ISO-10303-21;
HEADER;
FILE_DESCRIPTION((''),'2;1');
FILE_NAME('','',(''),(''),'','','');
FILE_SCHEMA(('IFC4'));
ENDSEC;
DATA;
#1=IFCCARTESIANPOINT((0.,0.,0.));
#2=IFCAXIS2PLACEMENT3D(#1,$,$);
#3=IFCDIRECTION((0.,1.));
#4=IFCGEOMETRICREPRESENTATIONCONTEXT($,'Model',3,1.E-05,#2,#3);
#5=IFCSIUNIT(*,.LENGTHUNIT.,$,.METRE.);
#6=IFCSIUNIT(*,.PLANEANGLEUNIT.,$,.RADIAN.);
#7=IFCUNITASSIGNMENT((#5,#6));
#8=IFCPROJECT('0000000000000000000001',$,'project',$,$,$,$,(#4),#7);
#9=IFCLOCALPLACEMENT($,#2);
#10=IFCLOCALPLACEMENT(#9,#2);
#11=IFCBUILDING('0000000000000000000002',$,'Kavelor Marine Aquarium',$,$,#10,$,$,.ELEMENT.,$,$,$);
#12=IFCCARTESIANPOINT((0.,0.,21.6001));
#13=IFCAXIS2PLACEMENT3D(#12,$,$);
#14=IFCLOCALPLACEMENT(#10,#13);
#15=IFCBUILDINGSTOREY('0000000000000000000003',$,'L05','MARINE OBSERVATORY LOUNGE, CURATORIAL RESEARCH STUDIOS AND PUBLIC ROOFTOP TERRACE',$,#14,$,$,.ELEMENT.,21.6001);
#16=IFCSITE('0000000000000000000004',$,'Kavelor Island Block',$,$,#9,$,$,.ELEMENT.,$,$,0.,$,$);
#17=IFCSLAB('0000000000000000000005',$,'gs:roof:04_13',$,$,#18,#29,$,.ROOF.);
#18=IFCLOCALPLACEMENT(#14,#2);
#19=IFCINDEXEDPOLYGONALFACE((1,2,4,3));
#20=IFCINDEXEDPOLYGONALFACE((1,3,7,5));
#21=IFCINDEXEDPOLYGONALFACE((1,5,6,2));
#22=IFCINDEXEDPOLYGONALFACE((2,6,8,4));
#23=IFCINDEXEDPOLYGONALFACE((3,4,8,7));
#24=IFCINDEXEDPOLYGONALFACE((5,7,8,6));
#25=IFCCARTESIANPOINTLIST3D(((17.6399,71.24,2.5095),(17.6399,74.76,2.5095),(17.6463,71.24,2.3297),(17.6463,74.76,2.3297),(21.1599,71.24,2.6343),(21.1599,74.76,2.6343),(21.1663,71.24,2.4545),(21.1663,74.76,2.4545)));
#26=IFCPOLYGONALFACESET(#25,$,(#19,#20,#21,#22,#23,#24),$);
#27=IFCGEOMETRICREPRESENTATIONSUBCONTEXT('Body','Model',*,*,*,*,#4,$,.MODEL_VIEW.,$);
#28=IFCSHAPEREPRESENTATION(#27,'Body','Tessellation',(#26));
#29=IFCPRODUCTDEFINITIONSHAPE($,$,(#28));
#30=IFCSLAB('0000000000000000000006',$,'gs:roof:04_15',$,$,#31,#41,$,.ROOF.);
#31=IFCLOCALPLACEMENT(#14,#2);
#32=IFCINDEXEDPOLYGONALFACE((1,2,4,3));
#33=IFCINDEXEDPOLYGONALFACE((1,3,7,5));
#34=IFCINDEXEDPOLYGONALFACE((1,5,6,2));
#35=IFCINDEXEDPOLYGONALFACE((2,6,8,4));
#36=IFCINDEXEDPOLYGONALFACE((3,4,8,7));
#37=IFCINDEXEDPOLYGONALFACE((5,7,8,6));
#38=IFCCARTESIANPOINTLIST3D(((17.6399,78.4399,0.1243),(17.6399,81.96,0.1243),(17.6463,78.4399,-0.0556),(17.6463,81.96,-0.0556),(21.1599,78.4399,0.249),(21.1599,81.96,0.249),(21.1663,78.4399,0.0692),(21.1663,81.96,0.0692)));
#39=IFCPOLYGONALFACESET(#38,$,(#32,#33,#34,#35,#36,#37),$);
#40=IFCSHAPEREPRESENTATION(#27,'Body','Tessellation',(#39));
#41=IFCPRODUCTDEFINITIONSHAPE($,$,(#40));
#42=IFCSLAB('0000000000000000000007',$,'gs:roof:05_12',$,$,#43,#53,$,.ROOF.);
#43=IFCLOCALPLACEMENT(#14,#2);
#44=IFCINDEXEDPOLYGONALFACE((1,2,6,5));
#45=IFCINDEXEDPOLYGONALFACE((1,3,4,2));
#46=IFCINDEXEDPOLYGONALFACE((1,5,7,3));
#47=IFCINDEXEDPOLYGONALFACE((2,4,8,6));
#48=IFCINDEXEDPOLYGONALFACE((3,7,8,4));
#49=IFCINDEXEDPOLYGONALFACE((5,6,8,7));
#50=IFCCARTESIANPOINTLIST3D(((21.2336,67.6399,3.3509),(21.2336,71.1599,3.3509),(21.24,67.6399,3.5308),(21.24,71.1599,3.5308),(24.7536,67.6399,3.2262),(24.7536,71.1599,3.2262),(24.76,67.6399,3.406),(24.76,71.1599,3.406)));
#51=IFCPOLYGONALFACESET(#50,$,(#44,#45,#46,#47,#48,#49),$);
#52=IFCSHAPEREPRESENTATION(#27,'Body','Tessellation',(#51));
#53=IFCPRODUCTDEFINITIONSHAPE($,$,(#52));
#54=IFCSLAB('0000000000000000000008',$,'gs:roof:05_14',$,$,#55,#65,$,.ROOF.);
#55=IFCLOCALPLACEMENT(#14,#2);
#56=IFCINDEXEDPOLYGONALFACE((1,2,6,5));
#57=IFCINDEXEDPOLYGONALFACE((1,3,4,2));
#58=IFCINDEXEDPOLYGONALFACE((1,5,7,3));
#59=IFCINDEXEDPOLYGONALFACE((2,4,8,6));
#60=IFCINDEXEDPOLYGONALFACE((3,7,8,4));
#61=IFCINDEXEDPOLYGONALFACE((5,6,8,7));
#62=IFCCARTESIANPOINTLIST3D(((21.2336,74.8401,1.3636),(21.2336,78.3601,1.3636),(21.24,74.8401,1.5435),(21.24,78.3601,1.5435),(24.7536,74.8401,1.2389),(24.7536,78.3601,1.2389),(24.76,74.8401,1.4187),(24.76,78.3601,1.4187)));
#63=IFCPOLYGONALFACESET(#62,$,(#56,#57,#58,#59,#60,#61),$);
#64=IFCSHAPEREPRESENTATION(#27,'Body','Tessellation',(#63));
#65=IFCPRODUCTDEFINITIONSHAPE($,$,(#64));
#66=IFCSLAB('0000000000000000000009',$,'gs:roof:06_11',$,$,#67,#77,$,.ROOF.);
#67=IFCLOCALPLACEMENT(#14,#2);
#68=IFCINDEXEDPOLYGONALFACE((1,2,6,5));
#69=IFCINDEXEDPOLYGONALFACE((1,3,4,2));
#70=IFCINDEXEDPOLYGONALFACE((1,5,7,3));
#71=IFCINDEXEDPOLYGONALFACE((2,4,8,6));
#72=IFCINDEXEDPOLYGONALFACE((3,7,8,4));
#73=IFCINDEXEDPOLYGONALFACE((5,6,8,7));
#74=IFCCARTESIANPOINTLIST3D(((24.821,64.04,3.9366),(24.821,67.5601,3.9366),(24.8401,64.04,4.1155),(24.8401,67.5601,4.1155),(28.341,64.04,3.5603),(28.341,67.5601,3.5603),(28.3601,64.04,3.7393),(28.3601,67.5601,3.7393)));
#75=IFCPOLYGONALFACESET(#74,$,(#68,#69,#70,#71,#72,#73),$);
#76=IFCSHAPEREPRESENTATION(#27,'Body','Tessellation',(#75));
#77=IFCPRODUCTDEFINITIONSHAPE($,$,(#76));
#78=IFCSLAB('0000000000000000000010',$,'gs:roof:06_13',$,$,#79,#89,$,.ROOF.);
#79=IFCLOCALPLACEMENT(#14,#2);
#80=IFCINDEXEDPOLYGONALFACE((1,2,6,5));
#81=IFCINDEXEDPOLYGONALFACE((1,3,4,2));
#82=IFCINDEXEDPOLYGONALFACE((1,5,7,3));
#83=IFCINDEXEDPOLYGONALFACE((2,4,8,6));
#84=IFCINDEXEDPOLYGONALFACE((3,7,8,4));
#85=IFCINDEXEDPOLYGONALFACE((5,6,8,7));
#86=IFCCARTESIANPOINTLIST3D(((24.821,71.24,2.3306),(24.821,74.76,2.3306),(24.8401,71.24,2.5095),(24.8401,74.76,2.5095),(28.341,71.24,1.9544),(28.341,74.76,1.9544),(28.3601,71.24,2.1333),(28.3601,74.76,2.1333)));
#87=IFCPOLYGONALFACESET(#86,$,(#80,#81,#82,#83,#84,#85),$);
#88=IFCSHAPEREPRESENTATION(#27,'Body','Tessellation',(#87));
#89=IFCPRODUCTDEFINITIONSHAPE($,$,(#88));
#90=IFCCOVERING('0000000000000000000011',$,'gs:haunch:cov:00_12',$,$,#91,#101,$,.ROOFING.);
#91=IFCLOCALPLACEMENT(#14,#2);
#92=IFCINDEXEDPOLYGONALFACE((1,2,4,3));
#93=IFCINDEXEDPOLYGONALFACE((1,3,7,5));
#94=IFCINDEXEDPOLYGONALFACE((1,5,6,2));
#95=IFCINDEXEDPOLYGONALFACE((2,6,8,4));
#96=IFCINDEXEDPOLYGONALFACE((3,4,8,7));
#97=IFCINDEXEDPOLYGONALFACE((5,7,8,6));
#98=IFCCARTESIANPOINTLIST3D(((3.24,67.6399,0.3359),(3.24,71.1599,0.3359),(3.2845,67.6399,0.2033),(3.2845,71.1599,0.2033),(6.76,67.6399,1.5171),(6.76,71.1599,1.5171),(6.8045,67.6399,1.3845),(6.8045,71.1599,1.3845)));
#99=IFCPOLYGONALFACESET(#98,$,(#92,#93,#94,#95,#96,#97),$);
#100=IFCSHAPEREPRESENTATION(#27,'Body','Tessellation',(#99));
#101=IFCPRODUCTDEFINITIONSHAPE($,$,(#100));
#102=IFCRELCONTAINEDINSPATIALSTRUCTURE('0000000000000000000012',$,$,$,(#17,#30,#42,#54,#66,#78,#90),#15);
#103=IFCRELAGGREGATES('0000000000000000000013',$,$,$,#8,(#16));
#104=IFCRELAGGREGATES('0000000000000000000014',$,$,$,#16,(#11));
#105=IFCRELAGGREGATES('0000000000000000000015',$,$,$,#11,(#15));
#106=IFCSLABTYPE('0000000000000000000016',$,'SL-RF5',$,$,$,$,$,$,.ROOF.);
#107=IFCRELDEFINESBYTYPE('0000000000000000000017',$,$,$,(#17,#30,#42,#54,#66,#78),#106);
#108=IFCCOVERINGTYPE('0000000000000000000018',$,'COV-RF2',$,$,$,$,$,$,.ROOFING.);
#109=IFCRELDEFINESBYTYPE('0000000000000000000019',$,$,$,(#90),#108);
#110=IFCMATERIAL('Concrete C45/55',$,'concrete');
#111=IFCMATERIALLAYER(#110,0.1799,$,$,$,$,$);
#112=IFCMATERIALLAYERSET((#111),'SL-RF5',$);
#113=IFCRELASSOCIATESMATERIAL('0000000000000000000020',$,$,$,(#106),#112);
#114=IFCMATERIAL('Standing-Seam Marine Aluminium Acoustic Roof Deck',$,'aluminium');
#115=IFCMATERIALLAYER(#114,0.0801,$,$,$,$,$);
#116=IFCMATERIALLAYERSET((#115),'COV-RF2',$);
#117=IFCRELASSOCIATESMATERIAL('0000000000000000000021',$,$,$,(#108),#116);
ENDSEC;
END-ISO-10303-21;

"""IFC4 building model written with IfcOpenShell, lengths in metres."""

from ifc_helpers import new_model, si_unit, direction, frame, origin, place, context, subcontext, project, spatial, polyline, outline, extrude, material, layer, layer_set, type_object, element, save


model = new_model("IFC4")

# Units and contexts
model_context = context("Model", 3, precision=1e-05, world=origin(), true_north=direction((0.0, 1.0)))
body_context = subcontext(model_context, "Body", "Model", "MODEL_VIEW")
ifc_project = project(units=[si_unit("LENGTHUNIT", "METRE"), si_unit("PLANEANGLEUNIT", "RADIAN")], contexts=[model_context])

# Site, building, storey
site_placement = place(None, origin())
site = spatial("IfcSite", under=ifc_project, at=site_placement, Name="Kavelor Island Block", CompositionType="ELEMENT", RefElevation=0.0)
building_placement = place(site_placement, origin())
building = spatial("IfcBuilding", under=site, at=building_placement, Name="Kavelor Marine Aquarium", CompositionType="ELEMENT")
storey_placement = place(building_placement, frame((0.0, 0.0, 21.6001)))
storey = spatial("IfcBuildingStorey", under=building, at=storey_placement, Name="L05", Description="MARINE OBSERVATORY LOUNGE, CURATORIAL RESEARCH STUDIOS AND PUBLIC ROOFTOP TERRACE", CompositionType="ELEMENT", Elevation=21.6001)

# Slabs
ifc_material_1 = material(Name="Concrete C45/55", Category="concrete")
ifc_layer_1 = layer(ifc_material_1, 0.1799)
ifc_layer_set_1 = layer_set([ifc_layer_1], Name="SL-RF5")
slab_type_1 = type_object("IfcSlabType", Name="SL-RF5", PredefinedType="ROOF", material=ifc_layer_set_1)
for number, where, z_axis, x_axis, name in (
    (1, (17.6399, 71.24, 2.5095), (-0.03542, 0.0, 0.999373), (0.999373, 0.0, 0.03542), "gs:roof:04_13"),
    (2, (17.6399, 78.4399, 0.1243), (-0.03542, 0.0, 0.999373), (0.999373, 0.0, 0.03542), "gs:roof:04_15"),
    (3, (21.24, 67.6399, 3.5308), (0.03542, 0.0, 0.999373), (0.999373, 0.0, -0.03542), "gs:roof:05_12"),
    (4, (21.24, 74.8401, 1.5435), (0.03542, 0.0, 0.999373), (0.999373, 0.0, -0.03542), "gs:roof:05_14"),
):
    element("IfcSlab", number, at=place(storey_placement, frame(where, z_axis=z_axis, x_axis=x_axis)), inside=storey, type_object=slab_type_1, Name=name, PredefinedType="ROOF", context=body_context, shape_type="SweptSolid", body=[
        extrude(outline(polyline([(0.0, 0.0), (3.5222, 0.0), (3.5222, 3.52), (0.0, 3.52), (0.0, 0.0)])), origin(), (0.0, 0.0, -1.0), 0.1799),
    ])
for number, where, z_axis, x_axis, name in (
    (5, (24.8401, 64.04, 4.1155), (0.106275, 0.0, 0.994337), (0.994337, 0.0, -0.106275), "gs:roof:06_11"),
    (6, (24.8401, 71.24, 2.5095), (0.106275, 0.0, 0.994337), (0.994337, 0.0, -0.106275), "gs:roof:06_13"),
):
    element("IfcSlab", number, at=place(storey_placement, frame(where, z_axis=z_axis, x_axis=x_axis)), inside=storey, type_object=slab_type_1, Name=name, PredefinedType="ROOF", context=body_context, shape_type="SweptSolid", body=[
        extrude(outline(polyline([(0.0, 0.0), (3.5401, 0.0), (3.5401, 3.52), (0.0, 3.52), (0.0, 0.0)])), origin(), (0.0, 0.0, -1.0), 0.1799),
    ])

# Covering
ifc_material_2 = material(Name="Standing-Seam Marine Aluminium Acoustic Roof Deck", Category="aluminium")
ifc_layer_2 = layer(ifc_material_2, 0.0801)
ifc_layer_set_2 = layer_set([ifc_layer_2], Name="COV-RF2")
covering_type = type_object("IfcCoveringType", Name="COV-RF2", PredefinedType="ROOFING", material=ifc_layer_set_2)
covering_placement = place(storey_placement, frame((3.24, 67.6399, 0.3359), z_axis=(-0.318121, 0.0, 0.94805), x_axis=(0.94805, 0.0, 0.318121)))
element("IfcCovering", 7, at=covering_placement, inside=storey, type_object=covering_type, Name="gs:haunch:cov:00_12", PredefinedType="ROOFING", context=body_context, shape_type="SweptSolid", body=[
    extrude(outline(polyline([(0.0, 0.0), (3.7129, 0.0), (3.7129, 3.52), (0.0, 3.52), (0.0, 0.0)])), origin(), (0.0, 0.0, -1.0), 0.1399),
])

save(model, "model.ifc")
